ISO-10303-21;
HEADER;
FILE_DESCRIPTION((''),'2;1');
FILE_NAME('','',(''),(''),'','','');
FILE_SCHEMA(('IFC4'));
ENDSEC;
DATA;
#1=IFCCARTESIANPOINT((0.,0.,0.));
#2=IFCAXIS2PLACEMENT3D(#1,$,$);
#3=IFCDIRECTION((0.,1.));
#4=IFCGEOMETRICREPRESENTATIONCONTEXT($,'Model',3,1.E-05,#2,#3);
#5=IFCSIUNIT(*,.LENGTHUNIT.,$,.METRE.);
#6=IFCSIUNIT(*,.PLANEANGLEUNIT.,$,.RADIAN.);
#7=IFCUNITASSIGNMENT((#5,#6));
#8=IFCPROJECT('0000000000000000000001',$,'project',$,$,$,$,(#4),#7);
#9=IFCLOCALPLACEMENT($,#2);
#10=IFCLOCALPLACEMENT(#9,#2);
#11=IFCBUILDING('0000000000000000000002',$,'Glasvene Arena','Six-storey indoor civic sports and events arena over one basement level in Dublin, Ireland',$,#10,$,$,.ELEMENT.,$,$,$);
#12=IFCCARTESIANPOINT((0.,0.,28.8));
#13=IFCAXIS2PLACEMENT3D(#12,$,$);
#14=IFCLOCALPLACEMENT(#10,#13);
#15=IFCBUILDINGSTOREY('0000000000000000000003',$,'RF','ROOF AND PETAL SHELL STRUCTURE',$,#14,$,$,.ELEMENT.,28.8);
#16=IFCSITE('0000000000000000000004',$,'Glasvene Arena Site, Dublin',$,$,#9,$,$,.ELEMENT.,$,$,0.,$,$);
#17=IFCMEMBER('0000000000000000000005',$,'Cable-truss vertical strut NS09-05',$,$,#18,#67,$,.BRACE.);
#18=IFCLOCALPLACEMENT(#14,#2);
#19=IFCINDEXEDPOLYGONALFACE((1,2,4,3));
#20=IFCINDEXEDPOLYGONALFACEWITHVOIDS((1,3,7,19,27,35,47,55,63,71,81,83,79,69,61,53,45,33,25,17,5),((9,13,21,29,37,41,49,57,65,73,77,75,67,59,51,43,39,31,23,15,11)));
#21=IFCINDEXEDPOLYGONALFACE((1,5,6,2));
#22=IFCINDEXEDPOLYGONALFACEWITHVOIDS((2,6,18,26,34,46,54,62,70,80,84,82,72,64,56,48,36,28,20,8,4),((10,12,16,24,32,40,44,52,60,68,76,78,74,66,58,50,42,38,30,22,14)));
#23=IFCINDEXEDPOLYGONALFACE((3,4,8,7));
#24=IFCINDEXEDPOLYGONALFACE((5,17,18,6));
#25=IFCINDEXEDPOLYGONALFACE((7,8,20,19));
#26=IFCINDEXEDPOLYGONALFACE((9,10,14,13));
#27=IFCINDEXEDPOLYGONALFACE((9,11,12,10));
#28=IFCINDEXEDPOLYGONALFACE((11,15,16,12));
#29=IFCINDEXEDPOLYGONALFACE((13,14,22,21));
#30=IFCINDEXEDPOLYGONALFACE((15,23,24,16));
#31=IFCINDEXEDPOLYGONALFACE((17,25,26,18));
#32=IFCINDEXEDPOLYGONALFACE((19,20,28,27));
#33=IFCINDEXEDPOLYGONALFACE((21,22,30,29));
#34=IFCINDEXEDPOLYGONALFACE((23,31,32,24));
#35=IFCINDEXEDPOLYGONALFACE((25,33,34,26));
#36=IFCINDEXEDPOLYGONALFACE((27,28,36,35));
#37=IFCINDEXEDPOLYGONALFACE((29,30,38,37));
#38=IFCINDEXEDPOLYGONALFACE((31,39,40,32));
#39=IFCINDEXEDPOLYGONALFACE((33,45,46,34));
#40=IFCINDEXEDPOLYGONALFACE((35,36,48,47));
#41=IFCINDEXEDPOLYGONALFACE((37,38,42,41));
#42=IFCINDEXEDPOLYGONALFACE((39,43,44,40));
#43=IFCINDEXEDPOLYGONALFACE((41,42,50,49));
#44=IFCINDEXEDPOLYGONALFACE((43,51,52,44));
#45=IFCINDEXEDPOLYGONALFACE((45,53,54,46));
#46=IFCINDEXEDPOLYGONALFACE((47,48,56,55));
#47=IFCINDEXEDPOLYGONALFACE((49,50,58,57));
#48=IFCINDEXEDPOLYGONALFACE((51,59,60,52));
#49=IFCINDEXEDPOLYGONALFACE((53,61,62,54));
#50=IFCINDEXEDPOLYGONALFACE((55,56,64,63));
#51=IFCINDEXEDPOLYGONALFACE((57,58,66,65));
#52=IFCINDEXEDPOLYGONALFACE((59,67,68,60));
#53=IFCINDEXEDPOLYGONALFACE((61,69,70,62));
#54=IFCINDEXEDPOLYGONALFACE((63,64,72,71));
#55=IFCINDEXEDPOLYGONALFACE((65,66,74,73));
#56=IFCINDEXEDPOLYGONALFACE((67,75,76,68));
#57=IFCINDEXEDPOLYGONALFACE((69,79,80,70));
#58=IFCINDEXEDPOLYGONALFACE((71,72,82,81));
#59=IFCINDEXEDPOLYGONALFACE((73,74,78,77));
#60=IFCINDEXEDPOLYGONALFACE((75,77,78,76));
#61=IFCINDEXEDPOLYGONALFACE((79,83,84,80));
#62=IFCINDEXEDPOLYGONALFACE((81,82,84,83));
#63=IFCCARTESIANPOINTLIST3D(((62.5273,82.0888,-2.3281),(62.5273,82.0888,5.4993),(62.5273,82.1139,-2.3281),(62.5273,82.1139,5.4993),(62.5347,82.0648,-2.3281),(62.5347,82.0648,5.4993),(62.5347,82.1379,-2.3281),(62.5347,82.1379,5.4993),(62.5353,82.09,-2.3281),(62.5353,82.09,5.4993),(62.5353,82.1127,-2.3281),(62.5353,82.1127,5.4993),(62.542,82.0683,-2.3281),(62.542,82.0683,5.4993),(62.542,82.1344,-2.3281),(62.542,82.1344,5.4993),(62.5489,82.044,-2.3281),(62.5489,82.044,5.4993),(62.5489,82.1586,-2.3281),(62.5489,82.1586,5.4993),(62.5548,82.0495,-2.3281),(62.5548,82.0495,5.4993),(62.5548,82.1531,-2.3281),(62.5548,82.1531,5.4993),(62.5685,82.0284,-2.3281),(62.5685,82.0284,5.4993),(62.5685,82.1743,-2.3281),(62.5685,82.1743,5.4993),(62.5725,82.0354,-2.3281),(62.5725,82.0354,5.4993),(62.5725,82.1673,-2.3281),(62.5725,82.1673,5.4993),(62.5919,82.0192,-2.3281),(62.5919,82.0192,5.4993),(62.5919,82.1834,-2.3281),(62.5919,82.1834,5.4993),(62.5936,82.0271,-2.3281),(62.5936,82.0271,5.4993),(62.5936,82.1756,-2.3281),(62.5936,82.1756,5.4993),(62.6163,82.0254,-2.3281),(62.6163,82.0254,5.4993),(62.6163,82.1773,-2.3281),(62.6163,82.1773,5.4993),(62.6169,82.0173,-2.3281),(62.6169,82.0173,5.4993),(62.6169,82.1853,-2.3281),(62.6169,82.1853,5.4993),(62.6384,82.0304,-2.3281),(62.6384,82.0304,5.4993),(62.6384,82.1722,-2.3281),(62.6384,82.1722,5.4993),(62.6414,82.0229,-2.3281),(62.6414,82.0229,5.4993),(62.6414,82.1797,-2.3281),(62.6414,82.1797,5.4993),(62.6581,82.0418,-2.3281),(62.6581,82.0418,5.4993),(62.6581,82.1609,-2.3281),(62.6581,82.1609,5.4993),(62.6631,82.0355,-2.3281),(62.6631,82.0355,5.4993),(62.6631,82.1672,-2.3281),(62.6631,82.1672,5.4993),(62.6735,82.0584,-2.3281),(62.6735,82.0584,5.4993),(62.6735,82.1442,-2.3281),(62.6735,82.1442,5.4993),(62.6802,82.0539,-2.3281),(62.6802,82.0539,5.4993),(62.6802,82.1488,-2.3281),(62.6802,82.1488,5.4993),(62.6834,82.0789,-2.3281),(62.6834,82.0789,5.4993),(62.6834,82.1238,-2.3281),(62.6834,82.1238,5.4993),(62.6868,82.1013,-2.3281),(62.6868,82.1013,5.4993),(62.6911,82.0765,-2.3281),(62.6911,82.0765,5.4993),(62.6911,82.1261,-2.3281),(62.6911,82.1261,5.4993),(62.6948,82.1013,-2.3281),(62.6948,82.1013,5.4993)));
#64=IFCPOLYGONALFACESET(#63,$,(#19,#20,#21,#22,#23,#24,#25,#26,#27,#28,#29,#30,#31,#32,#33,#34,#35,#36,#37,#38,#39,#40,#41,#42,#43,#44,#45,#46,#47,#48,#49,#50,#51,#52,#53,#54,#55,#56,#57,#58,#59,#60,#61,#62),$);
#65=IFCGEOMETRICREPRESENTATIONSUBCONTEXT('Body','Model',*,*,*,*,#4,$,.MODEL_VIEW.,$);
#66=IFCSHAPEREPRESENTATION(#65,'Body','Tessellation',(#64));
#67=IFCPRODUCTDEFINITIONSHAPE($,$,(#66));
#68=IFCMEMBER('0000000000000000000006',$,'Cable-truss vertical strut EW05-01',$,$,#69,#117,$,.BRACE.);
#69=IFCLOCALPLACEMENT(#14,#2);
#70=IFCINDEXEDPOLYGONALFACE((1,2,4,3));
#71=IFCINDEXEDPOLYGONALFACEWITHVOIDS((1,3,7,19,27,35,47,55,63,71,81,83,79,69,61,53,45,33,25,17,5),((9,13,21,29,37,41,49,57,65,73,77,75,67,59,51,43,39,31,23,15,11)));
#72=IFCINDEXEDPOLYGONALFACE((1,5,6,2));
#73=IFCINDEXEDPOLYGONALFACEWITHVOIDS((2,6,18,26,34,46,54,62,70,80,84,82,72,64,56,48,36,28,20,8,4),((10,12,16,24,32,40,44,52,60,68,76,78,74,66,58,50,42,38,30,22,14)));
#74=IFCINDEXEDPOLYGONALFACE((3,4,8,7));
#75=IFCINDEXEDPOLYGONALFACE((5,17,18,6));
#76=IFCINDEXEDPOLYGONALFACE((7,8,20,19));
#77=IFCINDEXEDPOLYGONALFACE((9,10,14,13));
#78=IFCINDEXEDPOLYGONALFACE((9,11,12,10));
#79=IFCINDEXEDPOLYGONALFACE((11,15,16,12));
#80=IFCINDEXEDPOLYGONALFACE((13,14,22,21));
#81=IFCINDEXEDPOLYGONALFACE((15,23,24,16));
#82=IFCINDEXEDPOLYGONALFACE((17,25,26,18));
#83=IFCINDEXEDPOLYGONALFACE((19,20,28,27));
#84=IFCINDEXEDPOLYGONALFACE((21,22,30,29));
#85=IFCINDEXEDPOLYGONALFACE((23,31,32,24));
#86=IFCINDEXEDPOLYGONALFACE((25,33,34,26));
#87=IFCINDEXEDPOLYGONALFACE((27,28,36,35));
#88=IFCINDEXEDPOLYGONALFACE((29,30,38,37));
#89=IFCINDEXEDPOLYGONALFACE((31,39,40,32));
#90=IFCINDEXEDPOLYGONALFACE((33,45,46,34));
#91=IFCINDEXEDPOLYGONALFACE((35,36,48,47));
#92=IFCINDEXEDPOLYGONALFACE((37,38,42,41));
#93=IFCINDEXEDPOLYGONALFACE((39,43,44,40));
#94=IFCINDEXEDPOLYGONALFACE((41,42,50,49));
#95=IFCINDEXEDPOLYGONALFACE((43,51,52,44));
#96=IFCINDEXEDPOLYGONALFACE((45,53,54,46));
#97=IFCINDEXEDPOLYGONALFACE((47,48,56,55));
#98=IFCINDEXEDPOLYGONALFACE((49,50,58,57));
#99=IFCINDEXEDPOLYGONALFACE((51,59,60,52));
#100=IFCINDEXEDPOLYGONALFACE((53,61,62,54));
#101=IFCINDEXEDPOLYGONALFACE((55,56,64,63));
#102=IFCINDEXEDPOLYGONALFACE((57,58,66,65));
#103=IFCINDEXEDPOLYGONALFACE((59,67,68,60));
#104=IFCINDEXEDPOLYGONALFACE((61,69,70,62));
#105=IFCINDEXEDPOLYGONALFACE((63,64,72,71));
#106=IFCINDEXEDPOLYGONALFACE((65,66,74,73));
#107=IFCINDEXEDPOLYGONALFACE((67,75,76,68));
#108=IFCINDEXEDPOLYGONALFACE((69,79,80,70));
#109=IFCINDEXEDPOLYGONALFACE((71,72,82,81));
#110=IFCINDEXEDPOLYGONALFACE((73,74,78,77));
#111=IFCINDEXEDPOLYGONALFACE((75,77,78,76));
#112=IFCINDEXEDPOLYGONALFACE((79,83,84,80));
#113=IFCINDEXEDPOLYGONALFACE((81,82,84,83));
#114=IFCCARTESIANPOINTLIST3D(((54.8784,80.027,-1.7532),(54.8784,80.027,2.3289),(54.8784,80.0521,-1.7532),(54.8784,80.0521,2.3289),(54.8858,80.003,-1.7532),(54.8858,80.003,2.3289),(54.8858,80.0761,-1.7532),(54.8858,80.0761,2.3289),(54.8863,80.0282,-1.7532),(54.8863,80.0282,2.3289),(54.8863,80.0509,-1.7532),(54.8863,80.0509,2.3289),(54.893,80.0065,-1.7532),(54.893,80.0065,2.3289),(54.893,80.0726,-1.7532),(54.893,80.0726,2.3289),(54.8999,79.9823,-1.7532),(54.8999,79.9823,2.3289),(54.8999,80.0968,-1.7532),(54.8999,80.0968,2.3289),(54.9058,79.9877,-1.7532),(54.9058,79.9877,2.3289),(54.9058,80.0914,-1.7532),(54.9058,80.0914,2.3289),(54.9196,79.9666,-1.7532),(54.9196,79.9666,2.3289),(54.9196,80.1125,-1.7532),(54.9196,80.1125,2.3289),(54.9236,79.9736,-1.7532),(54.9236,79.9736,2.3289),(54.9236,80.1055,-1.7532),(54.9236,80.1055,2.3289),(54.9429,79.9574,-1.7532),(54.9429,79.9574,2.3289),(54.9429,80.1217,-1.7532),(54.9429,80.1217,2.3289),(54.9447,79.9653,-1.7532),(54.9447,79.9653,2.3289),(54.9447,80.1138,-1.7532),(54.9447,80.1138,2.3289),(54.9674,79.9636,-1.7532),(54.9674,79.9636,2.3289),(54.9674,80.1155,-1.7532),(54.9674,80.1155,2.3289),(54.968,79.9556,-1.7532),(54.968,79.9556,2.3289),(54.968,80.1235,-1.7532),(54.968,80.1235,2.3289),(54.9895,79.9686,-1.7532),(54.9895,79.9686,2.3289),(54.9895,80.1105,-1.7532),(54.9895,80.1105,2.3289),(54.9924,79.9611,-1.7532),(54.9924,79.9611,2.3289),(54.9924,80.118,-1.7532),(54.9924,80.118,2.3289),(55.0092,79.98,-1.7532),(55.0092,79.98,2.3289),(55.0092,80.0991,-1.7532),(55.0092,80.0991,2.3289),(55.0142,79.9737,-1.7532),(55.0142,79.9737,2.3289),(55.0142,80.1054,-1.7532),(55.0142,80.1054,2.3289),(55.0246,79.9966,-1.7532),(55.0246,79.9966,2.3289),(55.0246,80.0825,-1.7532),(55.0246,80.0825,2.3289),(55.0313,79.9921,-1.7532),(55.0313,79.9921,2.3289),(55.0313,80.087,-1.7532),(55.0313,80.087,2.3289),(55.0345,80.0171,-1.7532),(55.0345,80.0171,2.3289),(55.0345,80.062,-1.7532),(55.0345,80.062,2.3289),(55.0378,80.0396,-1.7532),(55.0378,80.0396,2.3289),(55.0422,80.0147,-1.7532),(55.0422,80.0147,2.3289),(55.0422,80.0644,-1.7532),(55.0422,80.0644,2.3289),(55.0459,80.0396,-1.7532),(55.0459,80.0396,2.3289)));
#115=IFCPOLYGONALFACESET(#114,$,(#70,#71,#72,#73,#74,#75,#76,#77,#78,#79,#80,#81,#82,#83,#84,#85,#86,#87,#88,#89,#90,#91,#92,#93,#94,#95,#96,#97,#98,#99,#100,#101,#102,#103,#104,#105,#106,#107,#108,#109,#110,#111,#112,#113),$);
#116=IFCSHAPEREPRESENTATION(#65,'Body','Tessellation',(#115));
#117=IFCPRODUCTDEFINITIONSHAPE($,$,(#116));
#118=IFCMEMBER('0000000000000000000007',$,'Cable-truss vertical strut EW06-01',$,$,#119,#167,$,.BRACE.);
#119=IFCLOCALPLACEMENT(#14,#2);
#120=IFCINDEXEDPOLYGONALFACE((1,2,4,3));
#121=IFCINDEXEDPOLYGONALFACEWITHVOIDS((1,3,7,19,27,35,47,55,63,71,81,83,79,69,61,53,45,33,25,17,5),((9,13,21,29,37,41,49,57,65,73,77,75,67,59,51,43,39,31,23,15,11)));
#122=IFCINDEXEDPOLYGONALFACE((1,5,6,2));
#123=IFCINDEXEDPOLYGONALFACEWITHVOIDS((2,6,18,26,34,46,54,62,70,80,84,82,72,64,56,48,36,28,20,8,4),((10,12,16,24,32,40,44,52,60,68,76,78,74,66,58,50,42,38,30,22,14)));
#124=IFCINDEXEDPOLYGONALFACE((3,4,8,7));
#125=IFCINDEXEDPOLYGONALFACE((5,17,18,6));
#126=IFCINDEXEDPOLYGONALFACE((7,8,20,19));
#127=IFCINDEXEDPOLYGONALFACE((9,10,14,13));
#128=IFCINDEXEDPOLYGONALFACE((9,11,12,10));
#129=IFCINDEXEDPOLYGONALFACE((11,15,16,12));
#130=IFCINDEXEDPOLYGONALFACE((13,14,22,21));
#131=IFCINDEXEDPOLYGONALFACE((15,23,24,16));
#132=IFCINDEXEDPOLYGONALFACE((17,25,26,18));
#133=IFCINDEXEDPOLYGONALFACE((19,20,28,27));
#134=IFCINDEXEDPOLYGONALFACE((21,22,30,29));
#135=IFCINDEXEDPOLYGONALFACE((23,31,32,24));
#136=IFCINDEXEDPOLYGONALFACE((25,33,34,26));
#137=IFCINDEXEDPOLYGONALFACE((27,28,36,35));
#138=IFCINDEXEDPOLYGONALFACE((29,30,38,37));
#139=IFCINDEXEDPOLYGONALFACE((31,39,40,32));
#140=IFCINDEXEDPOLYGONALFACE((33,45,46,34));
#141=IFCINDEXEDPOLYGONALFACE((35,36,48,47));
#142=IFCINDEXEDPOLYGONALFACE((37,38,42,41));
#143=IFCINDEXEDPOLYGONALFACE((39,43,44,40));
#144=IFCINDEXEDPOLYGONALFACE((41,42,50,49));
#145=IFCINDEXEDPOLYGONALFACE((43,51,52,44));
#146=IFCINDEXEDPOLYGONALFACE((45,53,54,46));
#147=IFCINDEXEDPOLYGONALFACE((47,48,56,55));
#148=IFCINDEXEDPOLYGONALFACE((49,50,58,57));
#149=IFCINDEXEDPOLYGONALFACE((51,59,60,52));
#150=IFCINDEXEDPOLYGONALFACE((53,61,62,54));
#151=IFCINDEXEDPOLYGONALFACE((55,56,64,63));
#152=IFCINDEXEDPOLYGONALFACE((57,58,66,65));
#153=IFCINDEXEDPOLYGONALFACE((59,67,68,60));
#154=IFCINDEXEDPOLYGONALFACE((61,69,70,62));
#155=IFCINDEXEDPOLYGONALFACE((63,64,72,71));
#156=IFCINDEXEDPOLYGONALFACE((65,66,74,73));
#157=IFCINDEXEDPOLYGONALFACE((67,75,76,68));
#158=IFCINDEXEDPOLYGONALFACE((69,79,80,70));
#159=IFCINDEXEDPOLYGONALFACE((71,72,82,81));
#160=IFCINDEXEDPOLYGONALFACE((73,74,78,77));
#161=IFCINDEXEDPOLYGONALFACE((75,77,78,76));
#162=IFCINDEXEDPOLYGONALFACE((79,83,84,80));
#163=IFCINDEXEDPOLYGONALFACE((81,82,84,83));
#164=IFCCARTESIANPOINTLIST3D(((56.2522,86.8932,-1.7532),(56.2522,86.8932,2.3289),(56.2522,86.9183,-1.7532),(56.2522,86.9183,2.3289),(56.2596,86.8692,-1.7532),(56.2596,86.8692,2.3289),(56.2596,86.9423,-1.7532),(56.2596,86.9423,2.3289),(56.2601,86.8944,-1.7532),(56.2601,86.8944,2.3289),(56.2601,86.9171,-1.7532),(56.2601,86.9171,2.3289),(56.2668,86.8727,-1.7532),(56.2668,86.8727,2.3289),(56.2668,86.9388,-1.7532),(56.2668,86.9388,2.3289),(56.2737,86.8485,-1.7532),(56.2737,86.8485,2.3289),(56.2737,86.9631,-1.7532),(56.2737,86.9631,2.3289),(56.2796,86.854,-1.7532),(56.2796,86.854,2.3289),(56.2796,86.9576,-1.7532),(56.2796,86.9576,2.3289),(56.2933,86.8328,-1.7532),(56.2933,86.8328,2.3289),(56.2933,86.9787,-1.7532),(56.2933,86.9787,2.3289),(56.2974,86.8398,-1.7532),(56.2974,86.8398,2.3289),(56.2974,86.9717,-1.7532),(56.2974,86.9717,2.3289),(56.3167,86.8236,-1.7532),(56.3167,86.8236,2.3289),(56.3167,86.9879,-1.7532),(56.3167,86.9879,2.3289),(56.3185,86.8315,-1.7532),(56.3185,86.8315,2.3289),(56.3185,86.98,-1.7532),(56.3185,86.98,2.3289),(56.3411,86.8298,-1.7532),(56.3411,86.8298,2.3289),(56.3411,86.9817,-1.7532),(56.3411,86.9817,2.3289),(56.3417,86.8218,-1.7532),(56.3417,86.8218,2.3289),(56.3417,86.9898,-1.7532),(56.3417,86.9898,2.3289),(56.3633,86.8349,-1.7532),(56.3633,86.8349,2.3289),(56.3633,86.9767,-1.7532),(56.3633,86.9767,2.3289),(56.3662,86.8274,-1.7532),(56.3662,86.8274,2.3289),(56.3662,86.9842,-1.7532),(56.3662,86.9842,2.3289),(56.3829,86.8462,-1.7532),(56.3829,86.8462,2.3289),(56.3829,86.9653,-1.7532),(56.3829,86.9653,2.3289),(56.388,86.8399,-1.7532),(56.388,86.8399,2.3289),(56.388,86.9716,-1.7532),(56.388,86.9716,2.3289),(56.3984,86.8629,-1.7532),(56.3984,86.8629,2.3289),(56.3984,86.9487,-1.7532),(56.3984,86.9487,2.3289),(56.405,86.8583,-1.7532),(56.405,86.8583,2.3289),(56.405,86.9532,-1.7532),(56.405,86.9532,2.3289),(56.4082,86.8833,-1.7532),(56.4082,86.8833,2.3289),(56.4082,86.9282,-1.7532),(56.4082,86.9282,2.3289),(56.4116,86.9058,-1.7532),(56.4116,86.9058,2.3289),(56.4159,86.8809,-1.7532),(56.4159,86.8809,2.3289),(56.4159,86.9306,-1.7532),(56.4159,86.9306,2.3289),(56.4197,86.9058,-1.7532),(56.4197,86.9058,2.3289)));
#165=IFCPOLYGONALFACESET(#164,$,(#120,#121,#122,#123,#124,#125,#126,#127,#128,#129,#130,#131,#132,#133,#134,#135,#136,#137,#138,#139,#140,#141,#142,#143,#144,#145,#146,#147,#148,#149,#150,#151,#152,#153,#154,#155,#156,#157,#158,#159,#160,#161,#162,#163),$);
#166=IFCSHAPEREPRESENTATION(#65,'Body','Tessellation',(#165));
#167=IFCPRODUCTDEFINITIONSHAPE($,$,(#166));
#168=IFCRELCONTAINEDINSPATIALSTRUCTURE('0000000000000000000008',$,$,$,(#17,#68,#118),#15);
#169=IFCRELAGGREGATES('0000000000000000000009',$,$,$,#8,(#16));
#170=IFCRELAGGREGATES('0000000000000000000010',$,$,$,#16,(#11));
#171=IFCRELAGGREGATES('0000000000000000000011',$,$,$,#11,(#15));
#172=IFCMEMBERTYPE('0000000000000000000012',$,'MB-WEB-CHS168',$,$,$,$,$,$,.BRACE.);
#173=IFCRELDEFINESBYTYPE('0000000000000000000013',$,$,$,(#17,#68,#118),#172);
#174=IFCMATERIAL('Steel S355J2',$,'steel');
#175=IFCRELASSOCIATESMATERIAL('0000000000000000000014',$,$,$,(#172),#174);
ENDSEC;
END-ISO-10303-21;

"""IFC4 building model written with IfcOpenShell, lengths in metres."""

from ifc_helpers import new_model, si_unit, direction, frame, origin, origin_2d, place, context, subcontext, project, spatial, hollow_circle, extrude, material, material_profile, profile_set, type_object, element, save


model = new_model("IFC4")

# Units and contexts
model_context = context("Model", 3, precision=1e-05, world=origin(), true_north=direction((0.0, 1.0)))
body_context = subcontext(model_context, "Body", "Model", "MODEL_VIEW")
ifc_project = project(units=[si_unit("LENGTHUNIT", "METRE"), si_unit("PLANEANGLEUNIT", "RADIAN")], contexts=[model_context])

# Site, building, storey
site_placement = place(None, origin())
site = spatial("IfcSite", under=ifc_project, at=site_placement, Name="Glasvene Arena Site, Dublin", CompositionType="ELEMENT", RefElevation=0.0)
building_placement = place(site_placement, origin())
building = spatial("IfcBuilding", under=site, at=building_placement, Name="Glasvene Arena", Description="Six-storey indoor civic sports and events arena over one basement level in Dublin, Ireland", CompositionType="ELEMENT")
storey_placement = place(building_placement, frame((0.0, 0.0, 28.8)))
storey = spatial("IfcBuildingStorey", under=building, at=storey_placement, Name="RF", Description="ROOF AND PETAL SHELL STRUCTURE", CompositionType="ELEMENT", Elevation=28.8)

# Members
ifc_material_1 = material(Name="Steel S355J2", Category="steel")
ifc_material_profile_1 = material_profile(ifc_material_1, hollow_circle(Radius=0.0842, WallThickness=0.0081, at=origin_2d()), Name="CHS 168.3x8.0")
ifc_profile_set_1 = profile_set([ifc_material_profile_1], Name="Steel S355J2")
member_type_1 = type_object("IfcMemberType", Name="MB-WEB-CHS168", PredefinedType="BRACE", material=ifc_profile_set_1)
member_1_placement = place(storey_placement, frame((62.6106, 82.1013, -2.3281), z_axis=(0.0, 0.0, 1.0), x_axis=(1.0, 0.0, 0.0)))
element("IfcMember", 1, at=member_1_placement, inside=storey, type_object=member_type_1, Name="Cable-truss vertical strut NS09-05", PredefinedType="BRACE", context=body_context, shape_type="SweptSolid", body=[
    extrude(hollow_circle(Radius=0.0842, WallThickness=0.0081, at=origin_2d()), origin(), (0.0, 0.0, 1.0), 7.8274),
])
for number, where, z_axis, x_axis, name in (
    (2, (54.9617, 80.0396, -1.7532), (0.0, 0.0, 1.0), (1.0, 0.0, 0.0), "Cable-truss vertical strut EW05-01"),
    (3, (56.3354, 86.9058, -1.7532), (0.0, 0.0, 1.0), (1.0, 0.0, 0.0), "Cable-truss vertical strut EW06-01"),
):
    element("IfcMember", number, at=place(storey_placement, frame(where, z_axis=z_axis, x_axis=x_axis)), inside=storey, type_object=member_type_1, Name=name, PredefinedType="BRACE", context=body_context, shape_type="SweptSolid", body=[
        extrude(hollow_circle(Radius=0.0842, WallThickness=0.0081, at=origin_2d()), origin(), (0.0, 0.0, 1.0), 4.082),
    ])

save(model, "model.ifc")
